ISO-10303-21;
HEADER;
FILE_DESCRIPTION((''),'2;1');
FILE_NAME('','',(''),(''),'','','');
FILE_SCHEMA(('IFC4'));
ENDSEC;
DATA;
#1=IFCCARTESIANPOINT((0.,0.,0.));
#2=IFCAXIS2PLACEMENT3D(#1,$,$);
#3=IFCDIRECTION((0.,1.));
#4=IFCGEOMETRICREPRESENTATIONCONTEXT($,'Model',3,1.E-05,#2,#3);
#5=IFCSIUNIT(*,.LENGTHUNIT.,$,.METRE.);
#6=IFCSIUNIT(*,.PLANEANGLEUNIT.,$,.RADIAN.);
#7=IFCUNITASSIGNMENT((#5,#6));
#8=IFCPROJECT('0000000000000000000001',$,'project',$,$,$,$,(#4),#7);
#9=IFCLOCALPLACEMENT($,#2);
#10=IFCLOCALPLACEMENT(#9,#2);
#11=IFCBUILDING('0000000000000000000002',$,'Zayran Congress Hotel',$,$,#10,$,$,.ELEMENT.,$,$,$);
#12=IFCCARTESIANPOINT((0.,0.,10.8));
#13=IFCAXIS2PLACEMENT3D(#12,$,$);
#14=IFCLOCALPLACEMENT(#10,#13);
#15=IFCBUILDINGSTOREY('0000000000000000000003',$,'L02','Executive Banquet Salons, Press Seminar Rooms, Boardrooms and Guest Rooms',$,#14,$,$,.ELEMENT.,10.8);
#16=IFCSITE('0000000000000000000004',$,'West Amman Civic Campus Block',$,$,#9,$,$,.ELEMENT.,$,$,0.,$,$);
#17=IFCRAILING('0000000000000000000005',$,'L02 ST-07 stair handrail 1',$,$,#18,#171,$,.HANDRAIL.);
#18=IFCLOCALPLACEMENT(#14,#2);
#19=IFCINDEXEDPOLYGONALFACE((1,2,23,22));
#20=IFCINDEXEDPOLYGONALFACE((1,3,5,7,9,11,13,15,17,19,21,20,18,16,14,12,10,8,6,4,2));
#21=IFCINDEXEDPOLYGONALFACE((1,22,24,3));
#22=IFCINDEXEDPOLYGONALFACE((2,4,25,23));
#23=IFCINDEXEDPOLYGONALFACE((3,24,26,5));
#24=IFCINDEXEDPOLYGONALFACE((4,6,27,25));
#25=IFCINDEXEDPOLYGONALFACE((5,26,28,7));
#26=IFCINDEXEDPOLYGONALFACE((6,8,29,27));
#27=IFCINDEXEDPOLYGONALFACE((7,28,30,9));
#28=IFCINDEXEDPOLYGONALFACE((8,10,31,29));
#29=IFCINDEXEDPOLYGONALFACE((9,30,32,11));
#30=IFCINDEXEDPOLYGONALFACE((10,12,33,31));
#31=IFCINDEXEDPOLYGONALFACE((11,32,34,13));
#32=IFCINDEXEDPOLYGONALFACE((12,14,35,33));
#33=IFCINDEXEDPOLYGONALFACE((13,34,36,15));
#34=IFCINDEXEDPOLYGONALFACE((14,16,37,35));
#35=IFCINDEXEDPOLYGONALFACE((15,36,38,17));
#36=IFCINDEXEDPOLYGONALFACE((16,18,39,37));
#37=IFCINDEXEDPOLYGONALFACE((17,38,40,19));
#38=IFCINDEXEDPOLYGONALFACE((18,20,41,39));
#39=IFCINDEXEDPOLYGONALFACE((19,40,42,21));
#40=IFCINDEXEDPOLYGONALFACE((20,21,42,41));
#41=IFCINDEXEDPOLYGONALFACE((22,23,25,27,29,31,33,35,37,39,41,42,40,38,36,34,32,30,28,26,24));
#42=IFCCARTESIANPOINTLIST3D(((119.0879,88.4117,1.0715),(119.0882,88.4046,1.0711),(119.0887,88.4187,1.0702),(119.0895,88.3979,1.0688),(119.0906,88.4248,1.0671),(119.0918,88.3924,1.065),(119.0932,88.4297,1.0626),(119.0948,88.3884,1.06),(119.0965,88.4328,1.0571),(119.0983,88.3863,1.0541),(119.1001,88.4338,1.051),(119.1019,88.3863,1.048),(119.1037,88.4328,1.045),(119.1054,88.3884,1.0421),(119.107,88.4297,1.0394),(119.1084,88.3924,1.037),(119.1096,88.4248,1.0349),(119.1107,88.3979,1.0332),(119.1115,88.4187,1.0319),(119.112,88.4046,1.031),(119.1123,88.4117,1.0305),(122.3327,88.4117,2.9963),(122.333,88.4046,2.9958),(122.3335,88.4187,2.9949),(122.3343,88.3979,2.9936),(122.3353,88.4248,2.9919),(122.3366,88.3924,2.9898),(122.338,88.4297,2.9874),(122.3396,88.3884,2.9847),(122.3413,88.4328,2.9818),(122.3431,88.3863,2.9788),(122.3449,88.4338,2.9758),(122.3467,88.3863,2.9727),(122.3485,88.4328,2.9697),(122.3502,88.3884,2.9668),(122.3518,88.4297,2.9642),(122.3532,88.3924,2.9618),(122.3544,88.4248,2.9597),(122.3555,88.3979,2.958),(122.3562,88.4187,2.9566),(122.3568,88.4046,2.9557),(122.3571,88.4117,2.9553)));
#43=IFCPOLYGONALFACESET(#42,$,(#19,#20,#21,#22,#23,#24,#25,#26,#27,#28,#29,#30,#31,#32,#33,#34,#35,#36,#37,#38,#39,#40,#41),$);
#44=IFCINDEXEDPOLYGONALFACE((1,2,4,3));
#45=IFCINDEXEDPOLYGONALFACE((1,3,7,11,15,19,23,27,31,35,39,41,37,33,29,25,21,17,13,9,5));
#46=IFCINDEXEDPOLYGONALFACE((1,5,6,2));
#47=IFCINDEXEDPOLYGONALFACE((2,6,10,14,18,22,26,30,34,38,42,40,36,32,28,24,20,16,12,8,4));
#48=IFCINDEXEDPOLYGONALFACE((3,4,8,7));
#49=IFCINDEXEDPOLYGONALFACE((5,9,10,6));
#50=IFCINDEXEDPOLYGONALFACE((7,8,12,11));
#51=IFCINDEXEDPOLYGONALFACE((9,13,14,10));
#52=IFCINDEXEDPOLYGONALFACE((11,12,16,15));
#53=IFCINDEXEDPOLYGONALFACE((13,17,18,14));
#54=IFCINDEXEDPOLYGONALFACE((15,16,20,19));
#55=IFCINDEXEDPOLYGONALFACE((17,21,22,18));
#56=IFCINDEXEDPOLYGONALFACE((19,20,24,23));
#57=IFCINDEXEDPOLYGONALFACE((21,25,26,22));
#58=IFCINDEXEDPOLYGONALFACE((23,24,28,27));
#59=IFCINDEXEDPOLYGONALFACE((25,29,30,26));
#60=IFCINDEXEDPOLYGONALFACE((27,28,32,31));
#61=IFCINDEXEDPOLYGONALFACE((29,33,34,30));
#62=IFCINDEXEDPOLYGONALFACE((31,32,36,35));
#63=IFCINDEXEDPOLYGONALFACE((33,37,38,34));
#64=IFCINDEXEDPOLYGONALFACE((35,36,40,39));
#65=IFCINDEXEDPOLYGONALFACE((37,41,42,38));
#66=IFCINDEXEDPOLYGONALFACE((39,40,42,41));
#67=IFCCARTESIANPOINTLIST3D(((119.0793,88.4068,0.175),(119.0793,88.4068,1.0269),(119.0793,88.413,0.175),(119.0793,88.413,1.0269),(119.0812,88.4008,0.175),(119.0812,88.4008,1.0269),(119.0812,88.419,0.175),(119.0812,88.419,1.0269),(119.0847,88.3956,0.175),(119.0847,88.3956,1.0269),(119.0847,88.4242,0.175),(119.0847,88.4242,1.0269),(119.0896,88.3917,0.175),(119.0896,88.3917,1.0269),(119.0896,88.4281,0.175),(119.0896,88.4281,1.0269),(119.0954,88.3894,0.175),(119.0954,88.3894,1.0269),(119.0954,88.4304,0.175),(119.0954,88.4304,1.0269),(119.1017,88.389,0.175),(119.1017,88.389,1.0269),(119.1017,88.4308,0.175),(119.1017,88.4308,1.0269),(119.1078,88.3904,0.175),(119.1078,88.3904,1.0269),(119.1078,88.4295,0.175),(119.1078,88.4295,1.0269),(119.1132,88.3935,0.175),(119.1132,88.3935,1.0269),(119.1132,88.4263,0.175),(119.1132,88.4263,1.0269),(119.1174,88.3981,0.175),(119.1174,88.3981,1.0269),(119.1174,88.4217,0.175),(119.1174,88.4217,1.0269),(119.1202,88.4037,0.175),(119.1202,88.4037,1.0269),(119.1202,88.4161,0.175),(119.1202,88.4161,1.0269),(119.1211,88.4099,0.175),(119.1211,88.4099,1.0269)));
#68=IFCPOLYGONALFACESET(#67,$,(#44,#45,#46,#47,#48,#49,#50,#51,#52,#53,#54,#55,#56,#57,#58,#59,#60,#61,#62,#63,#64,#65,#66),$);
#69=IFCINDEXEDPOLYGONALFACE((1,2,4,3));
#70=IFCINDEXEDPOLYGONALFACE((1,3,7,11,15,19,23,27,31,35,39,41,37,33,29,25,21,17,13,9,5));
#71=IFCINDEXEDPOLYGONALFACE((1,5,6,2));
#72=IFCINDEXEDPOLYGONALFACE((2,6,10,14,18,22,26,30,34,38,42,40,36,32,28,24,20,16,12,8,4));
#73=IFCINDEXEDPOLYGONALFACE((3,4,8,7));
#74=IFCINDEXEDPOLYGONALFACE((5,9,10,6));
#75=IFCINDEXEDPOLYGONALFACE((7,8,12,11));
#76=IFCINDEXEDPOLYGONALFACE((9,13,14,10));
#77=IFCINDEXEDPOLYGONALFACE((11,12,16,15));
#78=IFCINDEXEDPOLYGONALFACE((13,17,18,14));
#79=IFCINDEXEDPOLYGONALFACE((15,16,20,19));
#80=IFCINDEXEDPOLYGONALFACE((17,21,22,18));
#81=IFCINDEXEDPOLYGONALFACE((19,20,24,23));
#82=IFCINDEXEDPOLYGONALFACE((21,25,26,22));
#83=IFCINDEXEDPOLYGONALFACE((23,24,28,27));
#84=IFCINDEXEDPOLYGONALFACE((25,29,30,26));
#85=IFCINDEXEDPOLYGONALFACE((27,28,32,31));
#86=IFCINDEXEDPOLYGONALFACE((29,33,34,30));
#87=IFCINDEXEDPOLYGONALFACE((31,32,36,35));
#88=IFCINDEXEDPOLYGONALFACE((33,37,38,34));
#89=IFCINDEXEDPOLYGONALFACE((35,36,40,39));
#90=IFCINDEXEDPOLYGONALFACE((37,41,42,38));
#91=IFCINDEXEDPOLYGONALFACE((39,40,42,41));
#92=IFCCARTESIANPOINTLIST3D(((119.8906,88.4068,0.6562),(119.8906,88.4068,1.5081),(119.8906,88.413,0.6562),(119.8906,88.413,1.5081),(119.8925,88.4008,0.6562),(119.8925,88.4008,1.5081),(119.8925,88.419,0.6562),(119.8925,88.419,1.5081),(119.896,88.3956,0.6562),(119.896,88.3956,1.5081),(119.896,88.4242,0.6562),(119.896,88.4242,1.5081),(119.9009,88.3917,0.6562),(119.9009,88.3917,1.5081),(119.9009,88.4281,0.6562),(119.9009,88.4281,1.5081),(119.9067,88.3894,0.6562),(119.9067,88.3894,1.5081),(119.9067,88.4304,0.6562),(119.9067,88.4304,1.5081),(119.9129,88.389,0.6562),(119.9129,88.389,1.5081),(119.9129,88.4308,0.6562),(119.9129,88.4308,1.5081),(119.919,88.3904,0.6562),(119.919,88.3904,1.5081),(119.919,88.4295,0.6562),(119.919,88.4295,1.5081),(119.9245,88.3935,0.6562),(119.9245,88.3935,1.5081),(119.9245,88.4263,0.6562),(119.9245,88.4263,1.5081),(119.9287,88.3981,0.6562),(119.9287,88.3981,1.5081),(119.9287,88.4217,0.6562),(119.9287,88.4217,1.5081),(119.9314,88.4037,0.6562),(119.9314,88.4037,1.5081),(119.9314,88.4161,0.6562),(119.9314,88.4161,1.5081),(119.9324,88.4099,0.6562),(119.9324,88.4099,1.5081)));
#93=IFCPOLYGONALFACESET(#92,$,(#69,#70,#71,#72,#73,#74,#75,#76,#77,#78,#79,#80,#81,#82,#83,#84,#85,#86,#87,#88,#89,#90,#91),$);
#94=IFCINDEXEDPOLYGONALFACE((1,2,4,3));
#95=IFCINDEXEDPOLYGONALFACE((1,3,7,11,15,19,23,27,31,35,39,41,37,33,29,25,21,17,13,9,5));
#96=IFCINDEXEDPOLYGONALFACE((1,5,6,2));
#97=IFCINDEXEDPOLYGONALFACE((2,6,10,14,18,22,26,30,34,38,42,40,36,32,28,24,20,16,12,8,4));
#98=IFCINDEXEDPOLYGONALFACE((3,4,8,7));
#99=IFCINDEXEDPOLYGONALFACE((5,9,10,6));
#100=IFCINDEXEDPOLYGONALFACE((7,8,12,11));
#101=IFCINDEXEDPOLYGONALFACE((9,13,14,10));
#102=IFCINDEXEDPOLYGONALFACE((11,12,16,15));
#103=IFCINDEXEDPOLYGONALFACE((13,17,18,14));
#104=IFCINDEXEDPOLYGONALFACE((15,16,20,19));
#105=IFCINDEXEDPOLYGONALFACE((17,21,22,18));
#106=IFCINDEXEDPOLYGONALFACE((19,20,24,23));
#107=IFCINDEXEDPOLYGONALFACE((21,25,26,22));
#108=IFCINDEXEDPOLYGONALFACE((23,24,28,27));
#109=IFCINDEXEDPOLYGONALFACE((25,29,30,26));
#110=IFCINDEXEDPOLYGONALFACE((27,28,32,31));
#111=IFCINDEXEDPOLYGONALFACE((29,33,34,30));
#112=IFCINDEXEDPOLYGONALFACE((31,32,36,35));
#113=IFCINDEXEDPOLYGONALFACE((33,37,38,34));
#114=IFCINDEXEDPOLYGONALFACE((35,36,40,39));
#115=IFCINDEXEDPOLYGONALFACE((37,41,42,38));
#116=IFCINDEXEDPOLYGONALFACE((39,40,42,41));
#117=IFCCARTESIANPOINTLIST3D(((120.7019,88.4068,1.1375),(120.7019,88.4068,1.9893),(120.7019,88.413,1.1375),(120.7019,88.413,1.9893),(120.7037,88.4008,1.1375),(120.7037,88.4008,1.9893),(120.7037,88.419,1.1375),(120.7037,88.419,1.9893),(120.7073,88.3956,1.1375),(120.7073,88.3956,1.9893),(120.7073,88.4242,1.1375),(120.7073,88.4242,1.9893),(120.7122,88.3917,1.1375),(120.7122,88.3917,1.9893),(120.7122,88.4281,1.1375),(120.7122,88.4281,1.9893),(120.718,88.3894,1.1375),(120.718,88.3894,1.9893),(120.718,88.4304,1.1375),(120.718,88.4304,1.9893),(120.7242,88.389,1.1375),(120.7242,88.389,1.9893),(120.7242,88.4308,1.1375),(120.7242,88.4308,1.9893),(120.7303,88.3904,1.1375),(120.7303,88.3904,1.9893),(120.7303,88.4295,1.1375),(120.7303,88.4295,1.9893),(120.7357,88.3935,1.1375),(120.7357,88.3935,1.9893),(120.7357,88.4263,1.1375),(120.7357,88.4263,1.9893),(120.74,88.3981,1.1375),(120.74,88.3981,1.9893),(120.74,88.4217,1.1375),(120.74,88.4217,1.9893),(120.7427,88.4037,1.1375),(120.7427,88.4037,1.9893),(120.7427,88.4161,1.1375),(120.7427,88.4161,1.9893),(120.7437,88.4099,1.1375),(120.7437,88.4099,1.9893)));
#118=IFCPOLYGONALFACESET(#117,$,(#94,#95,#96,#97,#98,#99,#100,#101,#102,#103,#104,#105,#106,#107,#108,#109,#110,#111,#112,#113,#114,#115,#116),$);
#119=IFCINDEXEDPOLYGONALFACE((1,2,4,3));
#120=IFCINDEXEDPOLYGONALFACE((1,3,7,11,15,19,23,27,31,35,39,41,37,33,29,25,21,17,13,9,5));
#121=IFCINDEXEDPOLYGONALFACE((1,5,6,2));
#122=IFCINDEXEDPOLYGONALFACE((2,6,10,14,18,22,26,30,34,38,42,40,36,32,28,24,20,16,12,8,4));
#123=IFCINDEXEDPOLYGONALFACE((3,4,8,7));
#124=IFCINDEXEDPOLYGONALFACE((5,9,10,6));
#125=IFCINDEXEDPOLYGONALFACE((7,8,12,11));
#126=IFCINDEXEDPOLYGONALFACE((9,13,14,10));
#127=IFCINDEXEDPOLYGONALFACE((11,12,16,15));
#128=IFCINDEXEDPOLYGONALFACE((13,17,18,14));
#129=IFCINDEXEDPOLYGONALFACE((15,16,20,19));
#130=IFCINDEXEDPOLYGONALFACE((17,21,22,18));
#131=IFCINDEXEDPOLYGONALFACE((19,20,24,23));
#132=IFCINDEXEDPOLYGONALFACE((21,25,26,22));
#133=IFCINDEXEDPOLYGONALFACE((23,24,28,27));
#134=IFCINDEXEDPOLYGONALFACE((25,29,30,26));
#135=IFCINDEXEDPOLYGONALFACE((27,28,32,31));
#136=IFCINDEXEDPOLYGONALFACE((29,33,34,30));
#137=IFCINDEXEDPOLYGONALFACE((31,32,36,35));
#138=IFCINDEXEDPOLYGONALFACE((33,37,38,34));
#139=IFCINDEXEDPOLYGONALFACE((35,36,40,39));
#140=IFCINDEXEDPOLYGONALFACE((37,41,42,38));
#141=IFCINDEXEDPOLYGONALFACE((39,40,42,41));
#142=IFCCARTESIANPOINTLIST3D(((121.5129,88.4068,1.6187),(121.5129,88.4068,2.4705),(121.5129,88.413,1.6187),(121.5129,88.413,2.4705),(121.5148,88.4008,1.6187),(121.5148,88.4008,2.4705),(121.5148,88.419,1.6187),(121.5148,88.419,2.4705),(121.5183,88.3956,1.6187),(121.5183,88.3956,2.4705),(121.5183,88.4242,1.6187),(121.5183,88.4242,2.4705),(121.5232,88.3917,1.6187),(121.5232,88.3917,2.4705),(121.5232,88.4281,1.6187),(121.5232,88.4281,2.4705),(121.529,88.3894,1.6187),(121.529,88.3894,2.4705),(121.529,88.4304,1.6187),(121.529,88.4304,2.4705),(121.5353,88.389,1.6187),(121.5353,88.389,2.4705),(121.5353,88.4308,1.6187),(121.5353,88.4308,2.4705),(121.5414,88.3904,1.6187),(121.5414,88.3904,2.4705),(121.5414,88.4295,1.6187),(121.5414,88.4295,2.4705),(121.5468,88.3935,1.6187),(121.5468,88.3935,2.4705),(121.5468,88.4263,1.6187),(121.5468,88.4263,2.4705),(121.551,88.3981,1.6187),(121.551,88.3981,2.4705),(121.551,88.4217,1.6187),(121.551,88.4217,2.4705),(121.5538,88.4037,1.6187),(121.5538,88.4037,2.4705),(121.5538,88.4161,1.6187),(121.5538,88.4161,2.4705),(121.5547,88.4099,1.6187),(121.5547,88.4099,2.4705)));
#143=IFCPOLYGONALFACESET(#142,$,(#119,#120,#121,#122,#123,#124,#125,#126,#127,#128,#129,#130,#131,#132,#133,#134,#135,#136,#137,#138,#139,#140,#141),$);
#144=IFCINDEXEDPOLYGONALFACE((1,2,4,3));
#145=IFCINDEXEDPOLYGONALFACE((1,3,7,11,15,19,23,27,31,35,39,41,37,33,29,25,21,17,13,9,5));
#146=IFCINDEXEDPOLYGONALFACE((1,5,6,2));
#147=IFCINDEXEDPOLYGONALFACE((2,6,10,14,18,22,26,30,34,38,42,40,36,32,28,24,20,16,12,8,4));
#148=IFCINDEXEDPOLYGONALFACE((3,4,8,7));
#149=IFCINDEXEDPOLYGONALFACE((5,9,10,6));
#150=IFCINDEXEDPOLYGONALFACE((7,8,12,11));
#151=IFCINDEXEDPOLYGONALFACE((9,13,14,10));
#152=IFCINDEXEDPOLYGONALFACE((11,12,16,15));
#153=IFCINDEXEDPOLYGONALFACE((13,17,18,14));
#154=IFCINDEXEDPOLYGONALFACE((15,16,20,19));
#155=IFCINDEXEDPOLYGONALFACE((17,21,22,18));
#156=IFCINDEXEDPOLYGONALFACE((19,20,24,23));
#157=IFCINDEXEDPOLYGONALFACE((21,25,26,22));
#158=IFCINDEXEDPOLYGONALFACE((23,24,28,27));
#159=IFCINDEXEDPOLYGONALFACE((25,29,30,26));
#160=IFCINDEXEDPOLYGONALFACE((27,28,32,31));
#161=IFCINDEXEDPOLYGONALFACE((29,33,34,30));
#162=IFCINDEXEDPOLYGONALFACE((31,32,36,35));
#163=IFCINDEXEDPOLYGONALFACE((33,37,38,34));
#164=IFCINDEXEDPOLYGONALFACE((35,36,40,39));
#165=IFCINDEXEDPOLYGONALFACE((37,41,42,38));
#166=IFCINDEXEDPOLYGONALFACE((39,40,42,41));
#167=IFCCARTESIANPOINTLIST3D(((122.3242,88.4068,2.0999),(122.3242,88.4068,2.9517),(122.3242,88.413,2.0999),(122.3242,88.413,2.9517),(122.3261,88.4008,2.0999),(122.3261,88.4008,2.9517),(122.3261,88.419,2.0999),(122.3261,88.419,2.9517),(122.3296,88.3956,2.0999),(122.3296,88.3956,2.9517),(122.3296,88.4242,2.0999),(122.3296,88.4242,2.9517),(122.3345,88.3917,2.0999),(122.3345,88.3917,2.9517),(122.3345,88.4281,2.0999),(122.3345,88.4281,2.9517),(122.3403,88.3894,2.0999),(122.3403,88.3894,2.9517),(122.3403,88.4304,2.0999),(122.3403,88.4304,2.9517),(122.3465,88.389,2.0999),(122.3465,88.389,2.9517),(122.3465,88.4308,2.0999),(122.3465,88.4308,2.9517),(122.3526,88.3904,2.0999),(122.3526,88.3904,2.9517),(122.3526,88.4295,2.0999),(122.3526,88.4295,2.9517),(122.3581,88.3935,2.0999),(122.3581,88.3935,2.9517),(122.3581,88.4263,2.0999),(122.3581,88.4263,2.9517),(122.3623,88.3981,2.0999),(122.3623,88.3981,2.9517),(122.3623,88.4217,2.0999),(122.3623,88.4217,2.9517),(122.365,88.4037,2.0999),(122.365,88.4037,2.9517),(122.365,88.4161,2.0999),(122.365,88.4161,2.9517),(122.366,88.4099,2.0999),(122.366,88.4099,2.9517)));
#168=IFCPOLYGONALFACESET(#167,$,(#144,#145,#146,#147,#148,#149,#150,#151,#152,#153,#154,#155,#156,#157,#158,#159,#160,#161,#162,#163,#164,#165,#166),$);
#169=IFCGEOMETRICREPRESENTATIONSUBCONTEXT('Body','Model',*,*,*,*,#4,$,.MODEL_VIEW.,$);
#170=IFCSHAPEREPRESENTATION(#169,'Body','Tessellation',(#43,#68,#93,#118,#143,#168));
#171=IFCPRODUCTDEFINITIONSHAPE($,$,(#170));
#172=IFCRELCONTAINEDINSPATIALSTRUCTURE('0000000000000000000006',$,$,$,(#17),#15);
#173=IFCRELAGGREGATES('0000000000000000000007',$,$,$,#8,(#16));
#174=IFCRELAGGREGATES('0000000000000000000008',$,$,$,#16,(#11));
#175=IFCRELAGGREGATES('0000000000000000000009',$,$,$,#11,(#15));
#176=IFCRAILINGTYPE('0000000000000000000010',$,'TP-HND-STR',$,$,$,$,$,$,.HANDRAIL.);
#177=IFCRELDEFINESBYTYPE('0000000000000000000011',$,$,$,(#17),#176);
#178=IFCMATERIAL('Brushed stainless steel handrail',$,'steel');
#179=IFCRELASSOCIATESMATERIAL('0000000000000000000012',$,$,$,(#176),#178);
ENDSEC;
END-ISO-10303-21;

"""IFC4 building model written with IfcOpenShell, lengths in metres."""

from ifc_helpers import new_model, si_unit, direction, frame, origin, origin_2d, place, context, subcontext, project, spatial, circle, extrude, material, type_object, element, save


model = new_model("IFC4")

# Units and contexts
model_context = context("Model", 3, precision=1e-05, world=origin(), true_north=direction((0.0, 1.0)))
body_context = subcontext(model_context, "Body", "Model", "MODEL_VIEW")
ifc_project = project(units=[si_unit("LENGTHUNIT", "METRE"), si_unit("PLANEANGLEUNIT", "RADIAN")], contexts=[model_context])

# Site, building, storey
site_placement = place(None, origin())
site = spatial("IfcSite", under=ifc_project, at=site_placement, Name="West Amman Civic Campus Block", CompositionType="ELEMENT", RefElevation=0.0)
building_placement = place(site_placement, origin())
building = spatial("IfcBuilding", under=site, at=building_placement, Name="Zayran Congress Hotel", CompositionType="ELEMENT")
storey_placement = place(building_placement, frame((0.0, 0.0, 10.8)))
storey = spatial("IfcBuildingStorey", under=building, at=storey_placement, Name="L02", Description="Executive Banquet Salons, Press Seminar Rooms, Boardrooms and Guest Rooms", CompositionType="ELEMENT", Elevation=10.8)

# Railing
ifc_material_1 = material(Name="Brushed stainless steel handrail", Category="steel")
railing_type_1 = type_object("IfcRailingType", Name="TP-HND-STR", PredefinedType="HANDRAIL", material=ifc_material_1)
railing_1_placement = place(storey_placement, frame((119.1001, 88.4099, 0.175)))
element("IfcRailing", 1, at=railing_1_placement, inside=storey, type_object=railing_type_1, Name="L02 ST-07 stair handrail 1", PredefinedType="HANDRAIL", context=body_context, shape_type="SweptSolid", body=[
    extrude(circle(Radius=0.0239, at=origin_2d()), frame((0.0, 0.0, 0.876), z_axis=(0.860069, 0.0, 0.510178), x_axis=(0.0, 1.0, 0.0)), (0.0, 0.0, 1.0), 3.7727),
    extrude(circle(Radius=0.021, at=origin_2d()), origin(), (0.0, 0.0, 1.0), 0.8518),
    extrude(circle(Radius=0.021, at=origin_2d()), frame((0.8113, 0.0, 0.4812)), (0.0, 0.0, 1.0), 0.8518),
    extrude(circle(Radius=0.021, at=origin_2d()), frame((1.6226, 0.0, 0.9624)), (0.0, 0.0, 1.0), 0.8518),
    extrude(circle(Radius=0.021, at=origin_2d()), frame((2.4336, 0.0, 1.4436)), (0.0, 0.0, 1.0), 0.8518),
    extrude(circle(Radius=0.021, at=origin_2d()), frame((3.2449, 0.0, 1.9248)), (0.0, 0.0, 1.0), 0.8518),
])

save(model, "model.ifc")
